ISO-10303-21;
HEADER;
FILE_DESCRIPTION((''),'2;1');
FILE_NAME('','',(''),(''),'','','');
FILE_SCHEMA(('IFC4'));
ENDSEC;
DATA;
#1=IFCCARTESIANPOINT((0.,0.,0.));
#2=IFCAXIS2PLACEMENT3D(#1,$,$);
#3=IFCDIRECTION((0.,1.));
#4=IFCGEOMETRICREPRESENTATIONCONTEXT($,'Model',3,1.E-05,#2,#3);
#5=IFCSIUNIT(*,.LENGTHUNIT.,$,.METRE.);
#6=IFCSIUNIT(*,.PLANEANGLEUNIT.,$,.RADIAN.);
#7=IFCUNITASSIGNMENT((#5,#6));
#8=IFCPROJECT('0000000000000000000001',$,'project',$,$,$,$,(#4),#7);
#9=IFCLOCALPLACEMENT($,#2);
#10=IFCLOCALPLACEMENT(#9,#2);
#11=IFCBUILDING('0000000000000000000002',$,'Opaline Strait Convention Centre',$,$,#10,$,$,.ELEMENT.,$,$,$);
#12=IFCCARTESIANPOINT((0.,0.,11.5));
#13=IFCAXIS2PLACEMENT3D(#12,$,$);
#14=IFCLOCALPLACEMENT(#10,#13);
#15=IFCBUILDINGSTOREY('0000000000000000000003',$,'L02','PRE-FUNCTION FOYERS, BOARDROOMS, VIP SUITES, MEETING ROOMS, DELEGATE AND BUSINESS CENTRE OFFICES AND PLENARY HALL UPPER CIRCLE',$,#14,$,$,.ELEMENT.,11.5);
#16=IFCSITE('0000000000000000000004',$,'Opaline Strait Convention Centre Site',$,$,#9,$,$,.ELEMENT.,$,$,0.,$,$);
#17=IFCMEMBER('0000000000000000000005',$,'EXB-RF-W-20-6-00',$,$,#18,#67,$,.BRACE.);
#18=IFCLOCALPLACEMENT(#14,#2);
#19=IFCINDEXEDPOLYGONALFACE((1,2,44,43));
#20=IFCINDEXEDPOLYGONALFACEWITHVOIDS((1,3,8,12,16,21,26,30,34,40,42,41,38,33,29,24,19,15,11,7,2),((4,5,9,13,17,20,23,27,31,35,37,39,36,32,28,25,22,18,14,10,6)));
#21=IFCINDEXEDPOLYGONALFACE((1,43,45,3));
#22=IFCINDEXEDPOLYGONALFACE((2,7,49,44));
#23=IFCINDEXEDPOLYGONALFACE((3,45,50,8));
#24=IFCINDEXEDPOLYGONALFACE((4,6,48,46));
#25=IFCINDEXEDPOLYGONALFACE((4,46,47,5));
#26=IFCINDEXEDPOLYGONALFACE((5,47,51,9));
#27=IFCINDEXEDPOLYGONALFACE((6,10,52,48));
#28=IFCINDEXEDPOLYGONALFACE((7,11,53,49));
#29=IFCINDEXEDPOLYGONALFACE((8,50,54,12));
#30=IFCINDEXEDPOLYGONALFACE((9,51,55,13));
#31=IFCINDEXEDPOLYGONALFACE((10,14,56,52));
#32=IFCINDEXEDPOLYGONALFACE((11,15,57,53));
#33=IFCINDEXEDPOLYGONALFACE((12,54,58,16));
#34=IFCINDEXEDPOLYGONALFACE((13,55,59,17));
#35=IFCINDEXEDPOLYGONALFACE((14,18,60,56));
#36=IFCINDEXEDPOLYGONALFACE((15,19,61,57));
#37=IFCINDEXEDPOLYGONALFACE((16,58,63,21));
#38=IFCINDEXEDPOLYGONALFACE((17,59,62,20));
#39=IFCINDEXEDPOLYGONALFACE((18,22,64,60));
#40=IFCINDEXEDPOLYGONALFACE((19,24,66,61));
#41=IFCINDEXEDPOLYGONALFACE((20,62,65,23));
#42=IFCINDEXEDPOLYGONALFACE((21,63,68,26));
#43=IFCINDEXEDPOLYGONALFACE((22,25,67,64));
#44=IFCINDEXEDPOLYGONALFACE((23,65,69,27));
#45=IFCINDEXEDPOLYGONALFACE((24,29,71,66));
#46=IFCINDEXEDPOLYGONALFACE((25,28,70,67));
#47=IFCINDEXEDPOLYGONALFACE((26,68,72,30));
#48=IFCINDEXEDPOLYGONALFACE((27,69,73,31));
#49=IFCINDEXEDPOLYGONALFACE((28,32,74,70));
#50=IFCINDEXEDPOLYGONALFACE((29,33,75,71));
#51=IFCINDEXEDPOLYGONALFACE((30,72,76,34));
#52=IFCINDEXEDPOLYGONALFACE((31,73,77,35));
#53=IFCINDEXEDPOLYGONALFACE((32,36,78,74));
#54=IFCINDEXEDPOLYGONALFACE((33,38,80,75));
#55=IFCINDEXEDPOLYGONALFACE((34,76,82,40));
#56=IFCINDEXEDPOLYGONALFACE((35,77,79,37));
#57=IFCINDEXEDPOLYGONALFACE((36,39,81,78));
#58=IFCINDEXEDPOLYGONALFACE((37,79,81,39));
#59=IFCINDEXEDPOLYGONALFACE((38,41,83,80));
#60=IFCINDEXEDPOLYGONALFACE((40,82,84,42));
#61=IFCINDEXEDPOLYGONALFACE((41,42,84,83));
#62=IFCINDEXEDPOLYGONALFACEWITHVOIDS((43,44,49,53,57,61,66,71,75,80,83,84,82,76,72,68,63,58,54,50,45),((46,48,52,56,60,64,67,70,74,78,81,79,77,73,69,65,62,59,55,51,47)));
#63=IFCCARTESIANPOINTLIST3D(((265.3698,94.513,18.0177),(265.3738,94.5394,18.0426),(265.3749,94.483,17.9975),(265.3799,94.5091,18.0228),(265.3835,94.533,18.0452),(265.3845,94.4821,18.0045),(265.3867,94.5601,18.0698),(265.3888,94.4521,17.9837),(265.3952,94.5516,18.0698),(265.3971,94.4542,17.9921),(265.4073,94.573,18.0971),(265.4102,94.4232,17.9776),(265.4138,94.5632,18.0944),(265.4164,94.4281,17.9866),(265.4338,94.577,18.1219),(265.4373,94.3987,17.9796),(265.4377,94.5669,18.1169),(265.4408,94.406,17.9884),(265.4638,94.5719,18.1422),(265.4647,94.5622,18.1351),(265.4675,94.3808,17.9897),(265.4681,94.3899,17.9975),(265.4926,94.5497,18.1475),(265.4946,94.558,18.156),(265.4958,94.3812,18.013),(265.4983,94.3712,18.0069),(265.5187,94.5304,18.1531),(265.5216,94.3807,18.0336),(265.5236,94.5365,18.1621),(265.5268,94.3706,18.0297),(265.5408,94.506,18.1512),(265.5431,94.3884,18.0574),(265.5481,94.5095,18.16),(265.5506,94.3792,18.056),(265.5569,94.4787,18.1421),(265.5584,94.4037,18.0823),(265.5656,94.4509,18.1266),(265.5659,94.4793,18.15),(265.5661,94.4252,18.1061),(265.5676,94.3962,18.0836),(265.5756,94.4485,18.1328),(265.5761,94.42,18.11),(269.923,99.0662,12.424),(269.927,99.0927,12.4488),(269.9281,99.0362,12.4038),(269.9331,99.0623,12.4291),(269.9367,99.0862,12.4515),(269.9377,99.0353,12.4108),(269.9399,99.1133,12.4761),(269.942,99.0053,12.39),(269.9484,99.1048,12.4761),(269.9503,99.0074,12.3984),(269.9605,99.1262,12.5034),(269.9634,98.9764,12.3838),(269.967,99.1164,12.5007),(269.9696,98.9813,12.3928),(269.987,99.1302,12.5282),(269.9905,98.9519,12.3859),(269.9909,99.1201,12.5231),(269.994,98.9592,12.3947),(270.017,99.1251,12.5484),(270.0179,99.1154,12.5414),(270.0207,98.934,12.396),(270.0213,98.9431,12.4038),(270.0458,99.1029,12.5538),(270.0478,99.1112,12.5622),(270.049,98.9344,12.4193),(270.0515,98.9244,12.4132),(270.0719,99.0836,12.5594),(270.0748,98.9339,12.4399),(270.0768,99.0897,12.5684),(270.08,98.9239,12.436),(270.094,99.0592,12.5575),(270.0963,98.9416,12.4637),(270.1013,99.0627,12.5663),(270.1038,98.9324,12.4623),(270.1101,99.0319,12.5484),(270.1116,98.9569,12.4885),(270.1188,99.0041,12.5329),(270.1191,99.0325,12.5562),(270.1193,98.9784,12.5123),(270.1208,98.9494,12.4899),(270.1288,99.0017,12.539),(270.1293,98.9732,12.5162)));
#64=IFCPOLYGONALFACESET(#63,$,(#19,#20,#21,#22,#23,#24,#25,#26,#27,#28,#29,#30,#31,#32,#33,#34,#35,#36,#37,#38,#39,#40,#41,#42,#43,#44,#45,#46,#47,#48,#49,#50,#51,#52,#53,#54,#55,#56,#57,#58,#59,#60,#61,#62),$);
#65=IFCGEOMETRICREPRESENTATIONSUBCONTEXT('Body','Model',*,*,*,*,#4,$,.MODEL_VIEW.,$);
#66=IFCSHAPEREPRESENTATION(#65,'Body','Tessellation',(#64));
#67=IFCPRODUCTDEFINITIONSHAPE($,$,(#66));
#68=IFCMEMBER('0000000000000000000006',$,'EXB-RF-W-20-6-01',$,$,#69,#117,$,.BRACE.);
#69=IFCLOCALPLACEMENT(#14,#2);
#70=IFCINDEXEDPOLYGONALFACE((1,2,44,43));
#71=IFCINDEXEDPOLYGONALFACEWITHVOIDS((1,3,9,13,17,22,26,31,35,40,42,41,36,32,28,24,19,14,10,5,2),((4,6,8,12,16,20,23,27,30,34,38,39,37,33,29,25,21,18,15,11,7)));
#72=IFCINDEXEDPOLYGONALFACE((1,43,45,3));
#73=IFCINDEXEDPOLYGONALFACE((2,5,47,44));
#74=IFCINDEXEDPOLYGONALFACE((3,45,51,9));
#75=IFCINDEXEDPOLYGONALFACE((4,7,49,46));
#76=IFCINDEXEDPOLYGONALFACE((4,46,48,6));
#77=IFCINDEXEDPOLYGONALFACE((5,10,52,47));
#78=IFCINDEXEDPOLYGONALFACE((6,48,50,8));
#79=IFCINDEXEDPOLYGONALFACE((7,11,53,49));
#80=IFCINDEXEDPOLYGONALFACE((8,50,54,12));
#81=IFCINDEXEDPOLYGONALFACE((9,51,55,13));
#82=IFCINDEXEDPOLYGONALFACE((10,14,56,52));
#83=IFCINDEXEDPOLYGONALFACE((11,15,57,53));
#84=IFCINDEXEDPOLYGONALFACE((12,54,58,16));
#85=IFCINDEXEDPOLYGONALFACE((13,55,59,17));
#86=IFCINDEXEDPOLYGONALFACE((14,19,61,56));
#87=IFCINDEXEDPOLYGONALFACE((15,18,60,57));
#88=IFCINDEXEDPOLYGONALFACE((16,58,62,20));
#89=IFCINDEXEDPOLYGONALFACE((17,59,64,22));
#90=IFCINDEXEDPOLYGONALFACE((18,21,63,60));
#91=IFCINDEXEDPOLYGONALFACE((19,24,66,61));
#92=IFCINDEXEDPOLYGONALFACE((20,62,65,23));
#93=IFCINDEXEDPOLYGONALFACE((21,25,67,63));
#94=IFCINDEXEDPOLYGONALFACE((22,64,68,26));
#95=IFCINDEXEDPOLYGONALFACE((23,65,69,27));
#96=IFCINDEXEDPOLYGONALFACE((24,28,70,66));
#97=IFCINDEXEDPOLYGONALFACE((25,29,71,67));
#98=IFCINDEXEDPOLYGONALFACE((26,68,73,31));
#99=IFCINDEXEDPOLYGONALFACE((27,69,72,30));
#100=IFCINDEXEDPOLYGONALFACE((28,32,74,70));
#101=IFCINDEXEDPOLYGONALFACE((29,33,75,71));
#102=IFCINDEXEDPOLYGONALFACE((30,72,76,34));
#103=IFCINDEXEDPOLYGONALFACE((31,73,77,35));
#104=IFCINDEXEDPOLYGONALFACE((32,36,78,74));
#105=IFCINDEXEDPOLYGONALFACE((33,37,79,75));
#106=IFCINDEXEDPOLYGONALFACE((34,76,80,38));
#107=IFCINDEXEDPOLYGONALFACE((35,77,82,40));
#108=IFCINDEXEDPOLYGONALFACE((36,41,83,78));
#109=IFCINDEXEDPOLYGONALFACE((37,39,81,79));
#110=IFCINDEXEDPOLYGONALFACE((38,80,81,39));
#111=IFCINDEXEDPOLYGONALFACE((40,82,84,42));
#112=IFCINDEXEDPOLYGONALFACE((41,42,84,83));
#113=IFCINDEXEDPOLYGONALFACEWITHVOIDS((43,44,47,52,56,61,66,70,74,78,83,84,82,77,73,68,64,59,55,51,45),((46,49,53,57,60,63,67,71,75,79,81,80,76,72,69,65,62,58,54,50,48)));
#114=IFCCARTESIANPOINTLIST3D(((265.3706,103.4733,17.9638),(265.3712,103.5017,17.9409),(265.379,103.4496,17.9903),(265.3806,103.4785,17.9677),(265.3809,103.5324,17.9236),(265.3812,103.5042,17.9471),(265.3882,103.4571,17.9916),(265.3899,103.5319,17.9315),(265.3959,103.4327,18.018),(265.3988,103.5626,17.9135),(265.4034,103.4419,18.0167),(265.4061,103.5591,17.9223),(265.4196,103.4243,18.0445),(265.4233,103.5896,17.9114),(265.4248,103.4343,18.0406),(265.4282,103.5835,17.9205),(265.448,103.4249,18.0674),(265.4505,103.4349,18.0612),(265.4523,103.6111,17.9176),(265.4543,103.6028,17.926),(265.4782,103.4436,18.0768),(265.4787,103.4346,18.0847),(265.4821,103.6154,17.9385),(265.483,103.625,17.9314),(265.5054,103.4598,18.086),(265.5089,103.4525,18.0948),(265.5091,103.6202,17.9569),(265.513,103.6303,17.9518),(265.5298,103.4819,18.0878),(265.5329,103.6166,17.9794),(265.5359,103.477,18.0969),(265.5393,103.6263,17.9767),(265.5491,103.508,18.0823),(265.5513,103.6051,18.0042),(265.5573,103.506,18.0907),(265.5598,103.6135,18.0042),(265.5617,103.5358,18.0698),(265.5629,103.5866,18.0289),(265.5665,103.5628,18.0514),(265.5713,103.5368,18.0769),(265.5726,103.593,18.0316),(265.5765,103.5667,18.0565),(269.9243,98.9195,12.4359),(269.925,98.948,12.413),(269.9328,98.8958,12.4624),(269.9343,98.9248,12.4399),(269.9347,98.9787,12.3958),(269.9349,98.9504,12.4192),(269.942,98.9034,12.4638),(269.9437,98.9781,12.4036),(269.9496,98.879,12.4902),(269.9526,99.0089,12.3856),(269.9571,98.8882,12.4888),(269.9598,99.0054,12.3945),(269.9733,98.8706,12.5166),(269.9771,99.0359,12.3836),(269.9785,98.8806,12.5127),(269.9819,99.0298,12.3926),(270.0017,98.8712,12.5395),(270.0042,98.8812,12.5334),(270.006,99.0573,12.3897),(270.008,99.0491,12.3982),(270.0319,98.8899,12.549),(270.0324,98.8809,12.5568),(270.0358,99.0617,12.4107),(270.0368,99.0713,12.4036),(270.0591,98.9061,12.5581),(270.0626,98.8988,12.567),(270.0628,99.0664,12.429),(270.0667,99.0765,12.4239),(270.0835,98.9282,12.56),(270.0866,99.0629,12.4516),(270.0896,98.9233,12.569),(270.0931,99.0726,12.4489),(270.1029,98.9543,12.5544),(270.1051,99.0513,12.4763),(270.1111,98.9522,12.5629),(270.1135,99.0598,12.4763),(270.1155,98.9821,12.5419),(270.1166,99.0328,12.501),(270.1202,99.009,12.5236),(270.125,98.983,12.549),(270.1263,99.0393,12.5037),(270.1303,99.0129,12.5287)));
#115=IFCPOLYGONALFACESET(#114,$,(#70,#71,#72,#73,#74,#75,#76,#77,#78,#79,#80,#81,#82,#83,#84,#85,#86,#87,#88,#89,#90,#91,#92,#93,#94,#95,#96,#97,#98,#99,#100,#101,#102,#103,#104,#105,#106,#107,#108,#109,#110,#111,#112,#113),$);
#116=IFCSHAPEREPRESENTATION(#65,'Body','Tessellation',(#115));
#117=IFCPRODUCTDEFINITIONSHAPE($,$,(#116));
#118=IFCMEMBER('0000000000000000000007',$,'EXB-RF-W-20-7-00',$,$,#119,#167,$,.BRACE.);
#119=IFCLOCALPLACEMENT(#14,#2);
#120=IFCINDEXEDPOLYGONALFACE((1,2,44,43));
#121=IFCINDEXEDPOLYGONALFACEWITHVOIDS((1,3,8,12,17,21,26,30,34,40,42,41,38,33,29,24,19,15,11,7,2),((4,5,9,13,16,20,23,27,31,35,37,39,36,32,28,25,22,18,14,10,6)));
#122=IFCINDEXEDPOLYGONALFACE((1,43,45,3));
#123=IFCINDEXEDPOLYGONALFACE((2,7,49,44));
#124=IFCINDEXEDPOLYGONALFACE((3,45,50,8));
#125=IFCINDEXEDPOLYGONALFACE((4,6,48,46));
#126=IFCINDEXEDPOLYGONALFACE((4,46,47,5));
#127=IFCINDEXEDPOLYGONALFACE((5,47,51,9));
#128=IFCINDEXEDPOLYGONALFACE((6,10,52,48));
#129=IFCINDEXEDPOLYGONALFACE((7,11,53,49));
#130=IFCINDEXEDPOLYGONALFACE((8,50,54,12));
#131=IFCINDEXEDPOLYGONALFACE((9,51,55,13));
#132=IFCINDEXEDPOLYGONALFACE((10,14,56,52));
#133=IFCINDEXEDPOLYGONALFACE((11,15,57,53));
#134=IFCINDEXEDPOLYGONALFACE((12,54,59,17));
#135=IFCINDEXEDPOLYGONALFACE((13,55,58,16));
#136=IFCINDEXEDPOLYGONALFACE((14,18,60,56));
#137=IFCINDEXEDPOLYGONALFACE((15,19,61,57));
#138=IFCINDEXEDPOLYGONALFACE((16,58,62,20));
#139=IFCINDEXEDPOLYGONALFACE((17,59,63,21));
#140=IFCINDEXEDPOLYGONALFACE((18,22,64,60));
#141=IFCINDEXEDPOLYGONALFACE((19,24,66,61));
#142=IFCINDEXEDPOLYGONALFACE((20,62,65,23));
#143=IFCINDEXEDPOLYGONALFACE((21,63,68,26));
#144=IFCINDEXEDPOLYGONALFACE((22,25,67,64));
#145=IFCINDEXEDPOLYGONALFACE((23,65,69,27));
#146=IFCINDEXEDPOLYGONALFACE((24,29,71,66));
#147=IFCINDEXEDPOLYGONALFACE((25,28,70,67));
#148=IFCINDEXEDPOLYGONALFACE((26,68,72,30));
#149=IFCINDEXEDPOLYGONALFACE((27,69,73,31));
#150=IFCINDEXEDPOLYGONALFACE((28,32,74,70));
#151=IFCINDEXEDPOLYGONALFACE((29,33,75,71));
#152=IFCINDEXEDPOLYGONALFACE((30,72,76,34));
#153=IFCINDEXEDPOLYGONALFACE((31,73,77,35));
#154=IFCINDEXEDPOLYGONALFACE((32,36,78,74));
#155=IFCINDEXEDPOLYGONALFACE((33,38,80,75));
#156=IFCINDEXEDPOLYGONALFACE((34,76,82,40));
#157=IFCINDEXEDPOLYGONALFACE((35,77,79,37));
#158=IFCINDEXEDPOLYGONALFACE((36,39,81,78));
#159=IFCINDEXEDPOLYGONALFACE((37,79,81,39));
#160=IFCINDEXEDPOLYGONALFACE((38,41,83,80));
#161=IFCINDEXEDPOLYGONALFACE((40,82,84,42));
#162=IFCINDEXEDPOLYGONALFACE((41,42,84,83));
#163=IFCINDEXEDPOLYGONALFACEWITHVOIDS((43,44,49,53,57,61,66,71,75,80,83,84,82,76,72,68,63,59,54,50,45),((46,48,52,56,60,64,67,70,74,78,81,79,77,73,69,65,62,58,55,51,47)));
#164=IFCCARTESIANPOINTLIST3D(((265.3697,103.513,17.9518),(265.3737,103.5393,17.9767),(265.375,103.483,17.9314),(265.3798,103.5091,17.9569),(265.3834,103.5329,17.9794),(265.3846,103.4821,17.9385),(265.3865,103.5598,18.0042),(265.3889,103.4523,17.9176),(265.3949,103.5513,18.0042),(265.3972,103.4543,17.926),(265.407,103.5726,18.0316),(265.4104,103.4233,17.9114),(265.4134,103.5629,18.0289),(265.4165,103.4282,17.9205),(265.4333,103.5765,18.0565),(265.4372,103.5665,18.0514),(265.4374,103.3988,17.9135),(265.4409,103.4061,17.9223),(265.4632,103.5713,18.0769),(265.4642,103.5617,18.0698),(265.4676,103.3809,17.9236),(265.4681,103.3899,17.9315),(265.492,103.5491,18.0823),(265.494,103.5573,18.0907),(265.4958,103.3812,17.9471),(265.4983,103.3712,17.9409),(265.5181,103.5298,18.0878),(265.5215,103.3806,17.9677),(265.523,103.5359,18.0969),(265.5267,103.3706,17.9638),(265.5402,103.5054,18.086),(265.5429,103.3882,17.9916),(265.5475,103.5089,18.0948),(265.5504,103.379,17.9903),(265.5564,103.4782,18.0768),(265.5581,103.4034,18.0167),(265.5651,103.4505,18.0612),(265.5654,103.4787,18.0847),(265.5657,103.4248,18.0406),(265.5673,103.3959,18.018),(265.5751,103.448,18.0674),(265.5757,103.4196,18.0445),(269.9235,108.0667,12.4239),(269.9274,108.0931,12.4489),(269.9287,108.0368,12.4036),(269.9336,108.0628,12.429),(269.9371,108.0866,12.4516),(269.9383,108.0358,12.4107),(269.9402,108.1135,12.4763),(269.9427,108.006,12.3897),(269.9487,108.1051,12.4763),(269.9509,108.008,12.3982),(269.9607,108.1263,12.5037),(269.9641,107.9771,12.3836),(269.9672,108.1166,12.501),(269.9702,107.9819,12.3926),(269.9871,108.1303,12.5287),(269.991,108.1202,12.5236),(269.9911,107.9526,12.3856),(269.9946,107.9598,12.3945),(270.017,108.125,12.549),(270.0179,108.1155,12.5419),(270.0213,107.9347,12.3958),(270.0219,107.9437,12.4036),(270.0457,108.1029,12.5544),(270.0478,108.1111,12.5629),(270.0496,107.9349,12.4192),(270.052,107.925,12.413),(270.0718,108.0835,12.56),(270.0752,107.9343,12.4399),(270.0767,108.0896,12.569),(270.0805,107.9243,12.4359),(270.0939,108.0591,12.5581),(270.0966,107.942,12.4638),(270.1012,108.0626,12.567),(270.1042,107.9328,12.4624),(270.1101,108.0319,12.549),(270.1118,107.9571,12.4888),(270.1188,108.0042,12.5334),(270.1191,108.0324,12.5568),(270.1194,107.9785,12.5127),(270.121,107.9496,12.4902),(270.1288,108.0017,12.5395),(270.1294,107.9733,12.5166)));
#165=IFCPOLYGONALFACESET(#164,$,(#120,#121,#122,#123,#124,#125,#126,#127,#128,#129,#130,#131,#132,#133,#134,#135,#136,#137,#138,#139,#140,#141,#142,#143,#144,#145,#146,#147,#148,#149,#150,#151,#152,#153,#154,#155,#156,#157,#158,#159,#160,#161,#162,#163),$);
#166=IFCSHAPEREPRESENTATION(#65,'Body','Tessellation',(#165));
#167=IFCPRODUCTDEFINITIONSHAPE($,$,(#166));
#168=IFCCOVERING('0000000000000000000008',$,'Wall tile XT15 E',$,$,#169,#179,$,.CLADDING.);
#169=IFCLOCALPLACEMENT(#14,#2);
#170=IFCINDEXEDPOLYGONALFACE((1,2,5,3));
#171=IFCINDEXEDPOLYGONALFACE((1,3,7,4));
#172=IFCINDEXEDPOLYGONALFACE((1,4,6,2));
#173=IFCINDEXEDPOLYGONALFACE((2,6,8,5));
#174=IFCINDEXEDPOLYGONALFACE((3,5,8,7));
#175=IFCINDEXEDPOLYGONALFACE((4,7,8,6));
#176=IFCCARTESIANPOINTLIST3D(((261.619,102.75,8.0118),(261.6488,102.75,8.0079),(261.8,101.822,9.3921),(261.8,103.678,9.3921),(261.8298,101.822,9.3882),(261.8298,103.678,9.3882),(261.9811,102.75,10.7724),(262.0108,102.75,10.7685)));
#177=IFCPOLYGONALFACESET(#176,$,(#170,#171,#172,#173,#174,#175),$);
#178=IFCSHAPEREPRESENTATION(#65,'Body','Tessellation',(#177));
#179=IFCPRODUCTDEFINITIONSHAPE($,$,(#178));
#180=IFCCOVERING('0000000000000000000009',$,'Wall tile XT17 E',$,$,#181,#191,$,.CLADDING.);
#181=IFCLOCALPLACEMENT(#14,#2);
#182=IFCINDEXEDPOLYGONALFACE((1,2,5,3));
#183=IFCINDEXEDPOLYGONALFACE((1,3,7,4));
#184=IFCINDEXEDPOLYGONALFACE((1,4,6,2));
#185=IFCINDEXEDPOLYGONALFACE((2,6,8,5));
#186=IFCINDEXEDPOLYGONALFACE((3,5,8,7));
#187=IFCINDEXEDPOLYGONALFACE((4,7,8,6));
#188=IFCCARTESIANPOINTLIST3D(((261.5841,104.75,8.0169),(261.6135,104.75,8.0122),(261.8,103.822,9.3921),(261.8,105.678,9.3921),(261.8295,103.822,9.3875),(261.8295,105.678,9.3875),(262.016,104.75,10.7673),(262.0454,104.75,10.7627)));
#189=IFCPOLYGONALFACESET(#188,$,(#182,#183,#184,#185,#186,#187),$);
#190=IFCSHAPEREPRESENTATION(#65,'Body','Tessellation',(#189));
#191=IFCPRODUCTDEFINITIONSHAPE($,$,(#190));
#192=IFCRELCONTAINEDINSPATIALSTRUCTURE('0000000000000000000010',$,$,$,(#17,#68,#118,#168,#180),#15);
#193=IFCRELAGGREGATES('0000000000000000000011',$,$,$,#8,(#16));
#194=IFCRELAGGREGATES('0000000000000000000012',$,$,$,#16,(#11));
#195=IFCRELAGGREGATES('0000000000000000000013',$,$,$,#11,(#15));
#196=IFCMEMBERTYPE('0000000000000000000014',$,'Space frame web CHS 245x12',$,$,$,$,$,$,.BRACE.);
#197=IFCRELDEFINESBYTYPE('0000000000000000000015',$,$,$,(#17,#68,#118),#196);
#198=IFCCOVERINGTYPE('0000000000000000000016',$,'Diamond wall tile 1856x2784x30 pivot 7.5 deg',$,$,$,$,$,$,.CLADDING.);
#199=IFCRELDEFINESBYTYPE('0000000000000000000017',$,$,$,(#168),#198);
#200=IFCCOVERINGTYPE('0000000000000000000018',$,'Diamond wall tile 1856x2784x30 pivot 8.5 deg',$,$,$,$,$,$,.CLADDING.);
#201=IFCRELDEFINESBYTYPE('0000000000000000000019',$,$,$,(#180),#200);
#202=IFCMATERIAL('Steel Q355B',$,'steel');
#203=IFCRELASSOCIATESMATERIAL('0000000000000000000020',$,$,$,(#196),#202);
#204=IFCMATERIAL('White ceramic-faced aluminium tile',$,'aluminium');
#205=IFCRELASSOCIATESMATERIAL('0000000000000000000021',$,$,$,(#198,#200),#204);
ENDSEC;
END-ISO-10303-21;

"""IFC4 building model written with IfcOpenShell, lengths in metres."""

from ifc_helpers import new_model, si_unit, direction, frame, origin, origin_2d, place, context, subcontext, project, spatial, polyline, hollow_circle, outline, extrude, material, material_profile, profile_set, type_object, element, save


model = new_model("IFC4")

# Units and contexts
model_context = context("Model", 3, precision=1e-05, world=origin(), true_north=direction((0.0, 1.0)))
body_context = subcontext(model_context, "Body", "Model", "MODEL_VIEW")
ifc_project = project(units=[si_unit("LENGTHUNIT", "METRE"), si_unit("PLANEANGLEUNIT", "RADIAN")], contexts=[model_context])

# Site, building, storey
site_placement = place(None, origin())
site = spatial("IfcSite", under=ifc_project, at=site_placement, Name="Opaline Strait Convention Centre Site", CompositionType="ELEMENT", RefElevation=0.0)
building_placement = place(site_placement, origin())
building = spatial("IfcBuilding", under=site, at=building_placement, Name="Opaline Strait Convention Centre", CompositionType="ELEMENT")
storey_placement = place(building_placement, frame((0.0, 0.0, 11.5)))
storey = spatial("IfcBuildingStorey", under=building, at=storey_placement, Name="L02", Description="PRE-FUNCTION FOYERS, BOARDROOMS, VIP SUITES, MEETING ROOMS, DELEGATE AND BUSINESS CENTRE OFFICES AND PLENARY HALL UPPER CIRCLE", CompositionType="ELEMENT", Elevation=11.5)

# Members
ifc_material_1 = material(Name="Steel Q355B", Category="steel")
ifc_material_profile_1 = material_profile(ifc_material_1, hollow_circle(Radius=0.1226, WallThickness=0.012, at=origin_2d()), Name="CHS 245x12")
ifc_profile_set_1 = profile_set([ifc_material_profile_1], Name="Steel Q355B")
member_type_1 = type_object("IfcMemberType", Name="Space frame web CHS 245x12", PredefinedType="BRACE", material=ifc_profile_set_1)
member_1_placement = place(storey_placement, frame((265.4734, 94.4734, 18.0698), z_axis=(0.533816, 0.533816, -0.655806), x_axis=(-0.707107, 0.707107, 0.0)))
element("IfcMember", 1, at=member_1_placement, inside=storey, type_object=member_type_1, Name="EXB-RF-W-20-6-00", PredefinedType="BRACE", context=body_context, shape_type="SweptSolid", body=[
    extrude(hollow_circle(Radius=0.1226, WallThickness=0.012, at=origin_2d()), origin(), (0.0, 0.0, 1.0), 8.5295),
])
for number, where, z_axis, x_axis, name in (
    (2, (265.4731, 103.5269, 18.0042), (0.53655, -0.53655, -0.651328), (0.707107, 0.707107, 0.0), "EXB-RF-W-20-6-01"),
    (3, (265.4731, 103.4731, 18.0042), (0.53655, 0.53655, -0.651328), (-0.707107, 0.707107, 0.0), "EXB-RF-W-20-7-00"),
):
    element("IfcMember", number, at=place(storey_placement, frame(where, z_axis=z_axis, x_axis=x_axis)), inside=storey, type_object=member_type_1, Name=name, PredefinedType="BRACE", context=body_context, shape_type="SweptSolid", body=[
        extrude(hollow_circle(Radius=0.1226, WallThickness=0.012, at=origin_2d()), origin(), (0.0, 0.0, 1.0), 8.4871),
    ])

# Coverings
ifc_material_2 = material(Name="White ceramic-faced aluminium tile", Category="aluminium")
ifc_material_profile_2 = material_profile(ifc_material_2, outline(polyline([(0.928, 0.0), (0.0, 1.3921), (-0.928, 0.0), (0.0, -1.3921), (0.928, 0.0)])), Name="Diamond tile 1856x2784")
ifc_profile_set_2 = profile_set([ifc_material_profile_2], Name="White ceramic-faced aluminium tile")
covering_type_1 = type_object("IfcCoveringType", Name="Diamond wall tile 1856x2784x30 pivot 7.5 deg", PredefinedType="CLADDING", material=ifc_profile_set_2)
covering_1_placement = place(storey_placement, frame((261.8, 102.75, 9.3921), z_axis=(0.99151, 0.0, -0.130034), x_axis=(0.0, 1.0, 0.0)))
element("IfcCovering", 4, at=covering_1_placement, inside=storey, type_object=covering_type_1, Name="Wall tile XT15 E", PredefinedType="CLADDING", context=body_context, shape_type="SweptSolid", body=[
    extrude(outline(polyline([(0.928, 0.0), (0.0, 1.3921), (-0.928, 0.0), (0.0, -1.3921), (0.928, 0.0)])), origin(), (0.0, 0.0, 1.0), 0.03),
])
ifc_material_profile_3 = material_profile(ifc_material_2, outline(polyline([(0.928, 0.0), (0.0, 1.3921), (-0.928, 0.0), (0.0, -1.3921), (0.928, 0.0)])), Name="Diamond tile 1856x2784")
ifc_profile_set_3 = profile_set([ifc_material_profile_3], Name="White ceramic-faced aluminium tile")
covering_type_2 = type_object("IfcCoveringType", Name="Diamond wall tile 1856x2784x30 pivot 8.5 deg", PredefinedType="CLADDING", material=ifc_profile_set_3)
covering_2_placement = place(storey_placement, frame((261.8, 104.75, 9.3921), z_axis=(0.987895, 0.0, -0.155124), x_axis=(0.0, 1.0, 0.0)))
element("IfcCovering", 5, at=covering_2_placement, inside=storey, type_object=covering_type_2, Name="Wall tile XT17 E", PredefinedType="CLADDING", context=body_context, shape_type="SweptSolid", body=[
    extrude(outline(polyline([(0.928, 0.0), (0.0, 1.3921), (-0.928, 0.0), (0.0, -1.3921), (0.928, 0.0)])), origin(), (0.0, 0.0, 1.0), 0.0298),
])

save(model, "model.ifc")
